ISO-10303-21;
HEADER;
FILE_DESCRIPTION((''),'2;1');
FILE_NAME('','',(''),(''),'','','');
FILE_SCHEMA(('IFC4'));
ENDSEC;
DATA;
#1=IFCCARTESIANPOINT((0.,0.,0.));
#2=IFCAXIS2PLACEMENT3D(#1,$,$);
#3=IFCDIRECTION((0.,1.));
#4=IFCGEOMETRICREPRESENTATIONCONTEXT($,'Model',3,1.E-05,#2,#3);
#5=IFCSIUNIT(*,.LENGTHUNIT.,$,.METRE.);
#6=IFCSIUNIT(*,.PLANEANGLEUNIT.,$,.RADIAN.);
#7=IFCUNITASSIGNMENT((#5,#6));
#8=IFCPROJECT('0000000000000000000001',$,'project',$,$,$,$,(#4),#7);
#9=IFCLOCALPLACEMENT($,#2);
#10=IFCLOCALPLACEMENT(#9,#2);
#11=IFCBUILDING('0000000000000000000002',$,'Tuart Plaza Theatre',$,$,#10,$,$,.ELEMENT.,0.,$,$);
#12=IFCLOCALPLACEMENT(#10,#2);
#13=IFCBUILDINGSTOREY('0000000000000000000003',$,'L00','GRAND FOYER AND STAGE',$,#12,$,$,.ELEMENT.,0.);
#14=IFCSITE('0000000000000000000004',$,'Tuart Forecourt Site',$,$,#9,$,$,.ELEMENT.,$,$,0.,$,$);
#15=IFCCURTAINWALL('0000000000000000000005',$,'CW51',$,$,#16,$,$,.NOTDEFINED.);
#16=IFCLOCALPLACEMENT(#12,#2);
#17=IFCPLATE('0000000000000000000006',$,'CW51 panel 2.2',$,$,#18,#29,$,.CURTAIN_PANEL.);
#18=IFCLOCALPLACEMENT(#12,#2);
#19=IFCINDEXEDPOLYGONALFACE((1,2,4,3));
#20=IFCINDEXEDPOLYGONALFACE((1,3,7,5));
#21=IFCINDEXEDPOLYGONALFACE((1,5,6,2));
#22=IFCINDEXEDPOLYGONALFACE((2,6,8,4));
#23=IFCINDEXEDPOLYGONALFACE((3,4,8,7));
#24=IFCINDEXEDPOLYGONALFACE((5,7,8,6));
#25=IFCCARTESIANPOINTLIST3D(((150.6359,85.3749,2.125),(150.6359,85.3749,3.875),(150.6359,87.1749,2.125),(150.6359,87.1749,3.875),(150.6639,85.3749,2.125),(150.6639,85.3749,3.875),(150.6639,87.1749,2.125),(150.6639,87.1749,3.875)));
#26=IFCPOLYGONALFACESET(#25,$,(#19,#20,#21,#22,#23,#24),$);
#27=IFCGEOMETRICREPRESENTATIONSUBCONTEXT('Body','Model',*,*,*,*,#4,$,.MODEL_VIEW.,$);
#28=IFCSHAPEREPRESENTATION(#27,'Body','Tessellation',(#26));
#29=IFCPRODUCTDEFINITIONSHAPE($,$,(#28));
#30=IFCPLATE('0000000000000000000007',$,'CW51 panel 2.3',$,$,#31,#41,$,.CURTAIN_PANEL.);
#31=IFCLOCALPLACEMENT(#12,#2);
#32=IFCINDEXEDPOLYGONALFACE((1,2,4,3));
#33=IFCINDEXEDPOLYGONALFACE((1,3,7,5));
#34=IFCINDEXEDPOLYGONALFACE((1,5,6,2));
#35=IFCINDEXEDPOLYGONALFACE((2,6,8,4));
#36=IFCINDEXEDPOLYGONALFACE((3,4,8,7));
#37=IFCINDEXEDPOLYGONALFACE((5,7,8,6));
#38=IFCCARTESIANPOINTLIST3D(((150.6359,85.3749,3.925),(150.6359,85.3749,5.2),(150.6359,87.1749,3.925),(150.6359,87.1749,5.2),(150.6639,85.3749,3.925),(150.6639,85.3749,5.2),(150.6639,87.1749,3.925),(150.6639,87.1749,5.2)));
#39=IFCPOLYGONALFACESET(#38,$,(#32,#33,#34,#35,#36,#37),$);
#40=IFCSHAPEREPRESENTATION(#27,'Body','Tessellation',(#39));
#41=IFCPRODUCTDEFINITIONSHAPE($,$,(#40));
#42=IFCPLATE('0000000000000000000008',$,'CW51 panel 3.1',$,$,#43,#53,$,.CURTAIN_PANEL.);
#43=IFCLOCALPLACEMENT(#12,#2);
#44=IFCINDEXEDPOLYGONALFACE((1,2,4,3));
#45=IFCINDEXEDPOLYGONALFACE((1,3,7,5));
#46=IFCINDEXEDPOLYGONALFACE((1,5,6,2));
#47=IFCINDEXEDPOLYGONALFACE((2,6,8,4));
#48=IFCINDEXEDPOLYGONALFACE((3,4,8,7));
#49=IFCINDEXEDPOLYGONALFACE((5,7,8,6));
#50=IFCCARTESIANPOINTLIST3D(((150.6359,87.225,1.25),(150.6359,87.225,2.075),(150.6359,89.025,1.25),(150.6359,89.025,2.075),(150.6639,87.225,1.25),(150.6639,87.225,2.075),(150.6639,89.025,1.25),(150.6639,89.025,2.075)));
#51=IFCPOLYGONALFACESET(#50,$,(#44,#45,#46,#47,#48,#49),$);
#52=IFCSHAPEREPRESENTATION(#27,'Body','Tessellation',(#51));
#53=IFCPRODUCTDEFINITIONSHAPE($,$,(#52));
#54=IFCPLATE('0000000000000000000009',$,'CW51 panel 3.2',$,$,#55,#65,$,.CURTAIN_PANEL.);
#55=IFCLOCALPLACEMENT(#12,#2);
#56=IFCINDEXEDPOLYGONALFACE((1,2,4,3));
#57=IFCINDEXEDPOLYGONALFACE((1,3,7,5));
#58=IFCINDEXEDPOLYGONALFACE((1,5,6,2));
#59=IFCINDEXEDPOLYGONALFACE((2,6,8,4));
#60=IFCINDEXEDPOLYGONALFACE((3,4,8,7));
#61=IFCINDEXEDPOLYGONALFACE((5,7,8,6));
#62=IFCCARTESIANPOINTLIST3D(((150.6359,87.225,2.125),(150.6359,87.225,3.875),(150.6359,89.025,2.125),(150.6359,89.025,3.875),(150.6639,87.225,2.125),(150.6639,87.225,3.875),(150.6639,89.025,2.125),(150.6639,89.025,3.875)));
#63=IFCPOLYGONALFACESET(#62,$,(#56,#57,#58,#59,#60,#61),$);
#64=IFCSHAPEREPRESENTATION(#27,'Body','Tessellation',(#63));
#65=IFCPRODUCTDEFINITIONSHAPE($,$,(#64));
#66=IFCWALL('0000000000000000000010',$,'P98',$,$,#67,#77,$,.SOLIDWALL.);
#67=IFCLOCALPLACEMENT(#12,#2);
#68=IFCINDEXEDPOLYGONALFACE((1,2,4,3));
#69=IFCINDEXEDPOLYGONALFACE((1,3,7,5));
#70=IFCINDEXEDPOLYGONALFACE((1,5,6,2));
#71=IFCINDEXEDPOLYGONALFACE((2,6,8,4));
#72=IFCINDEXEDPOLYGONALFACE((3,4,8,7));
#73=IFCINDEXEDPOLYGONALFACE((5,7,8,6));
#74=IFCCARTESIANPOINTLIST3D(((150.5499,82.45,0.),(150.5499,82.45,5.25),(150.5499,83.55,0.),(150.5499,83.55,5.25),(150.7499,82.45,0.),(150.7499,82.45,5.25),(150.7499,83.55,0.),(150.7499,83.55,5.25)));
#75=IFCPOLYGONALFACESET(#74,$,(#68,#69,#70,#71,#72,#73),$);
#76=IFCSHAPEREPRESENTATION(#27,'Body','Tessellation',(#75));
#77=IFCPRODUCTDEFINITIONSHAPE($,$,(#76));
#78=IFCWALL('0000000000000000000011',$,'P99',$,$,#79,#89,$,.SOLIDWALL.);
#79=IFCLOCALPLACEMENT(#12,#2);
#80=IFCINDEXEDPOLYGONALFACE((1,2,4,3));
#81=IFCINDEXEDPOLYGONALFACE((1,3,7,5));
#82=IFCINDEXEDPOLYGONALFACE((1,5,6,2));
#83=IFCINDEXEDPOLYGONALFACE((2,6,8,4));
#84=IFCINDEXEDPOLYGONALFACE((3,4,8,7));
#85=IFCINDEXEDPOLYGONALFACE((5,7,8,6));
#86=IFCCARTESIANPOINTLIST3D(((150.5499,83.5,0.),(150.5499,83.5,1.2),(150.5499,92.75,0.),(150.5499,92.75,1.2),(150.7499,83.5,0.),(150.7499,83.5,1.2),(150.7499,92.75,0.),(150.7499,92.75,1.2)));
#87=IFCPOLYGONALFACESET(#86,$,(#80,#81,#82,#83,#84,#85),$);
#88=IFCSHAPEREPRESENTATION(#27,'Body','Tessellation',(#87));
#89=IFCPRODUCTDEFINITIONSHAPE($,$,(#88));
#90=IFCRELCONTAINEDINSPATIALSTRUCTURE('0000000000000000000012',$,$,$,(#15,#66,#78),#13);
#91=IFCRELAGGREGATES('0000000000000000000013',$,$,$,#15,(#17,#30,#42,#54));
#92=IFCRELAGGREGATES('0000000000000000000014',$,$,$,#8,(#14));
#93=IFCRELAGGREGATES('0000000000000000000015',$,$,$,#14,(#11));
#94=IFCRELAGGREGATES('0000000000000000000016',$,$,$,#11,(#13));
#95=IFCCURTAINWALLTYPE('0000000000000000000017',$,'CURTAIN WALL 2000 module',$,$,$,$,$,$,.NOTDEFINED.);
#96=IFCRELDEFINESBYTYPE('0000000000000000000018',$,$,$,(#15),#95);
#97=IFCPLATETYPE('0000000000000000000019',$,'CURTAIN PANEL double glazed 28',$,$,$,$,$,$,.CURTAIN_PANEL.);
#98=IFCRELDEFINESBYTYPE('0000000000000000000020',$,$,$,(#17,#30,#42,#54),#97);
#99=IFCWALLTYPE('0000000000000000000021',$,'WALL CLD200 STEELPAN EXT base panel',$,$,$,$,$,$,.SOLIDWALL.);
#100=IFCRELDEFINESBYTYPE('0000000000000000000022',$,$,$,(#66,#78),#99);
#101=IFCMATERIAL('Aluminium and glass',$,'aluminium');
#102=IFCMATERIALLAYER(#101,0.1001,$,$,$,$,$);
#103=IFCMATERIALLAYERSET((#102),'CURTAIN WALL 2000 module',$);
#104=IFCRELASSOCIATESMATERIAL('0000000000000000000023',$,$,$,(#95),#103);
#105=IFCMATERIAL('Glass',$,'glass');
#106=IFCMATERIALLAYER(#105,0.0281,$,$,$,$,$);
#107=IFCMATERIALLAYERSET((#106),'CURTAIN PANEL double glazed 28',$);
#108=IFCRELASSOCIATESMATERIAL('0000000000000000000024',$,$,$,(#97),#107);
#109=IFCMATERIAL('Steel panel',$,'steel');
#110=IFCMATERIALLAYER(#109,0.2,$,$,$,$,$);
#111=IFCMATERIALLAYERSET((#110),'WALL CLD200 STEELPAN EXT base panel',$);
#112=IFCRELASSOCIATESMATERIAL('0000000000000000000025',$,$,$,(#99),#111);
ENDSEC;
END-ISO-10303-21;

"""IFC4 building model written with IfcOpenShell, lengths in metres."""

from ifc_helpers import new_model, si_unit, direction, frame, frame_2d, origin, origin_2d, place, context, subcontext, project, spatial, rectangle, extrude, material, layer, layer_set, type_object, element, aggregate, save


model = new_model("IFC4")

# Units and contexts
model_context = context("Model", 3, precision=1e-05, world=origin(), true_north=direction((0.0, 1.0)))
body_context = subcontext(model_context, "Body", "Model", "MODEL_VIEW")
ifc_project = project(units=[si_unit("LENGTHUNIT", "METRE"), si_unit("PLANEANGLEUNIT", "RADIAN")], contexts=[model_context])

# Site, building, storey
site_placement = place(None, origin())
site = spatial("IfcSite", under=ifc_project, at=site_placement, Name="Tuart Forecourt Site", CompositionType="ELEMENT", RefElevation=0.0)
building_placement = place(site_placement, origin())
building = spatial("IfcBuilding", under=site, at=building_placement, Name="Tuart Plaza Theatre", CompositionType="ELEMENT", ElevationOfRefHeight=0.0)
storey_placement = place(building_placement, origin())
storey = spatial("IfcBuildingStorey", under=building, at=storey_placement, Name="L00", Description="GRAND FOYER AND STAGE", CompositionType="ELEMENT", Elevation=0.0)

# Curtain wall, plates
ifc_material_1 = material(Name="Aluminium and glass", Category="aluminium")
ifc_layer_1 = layer(ifc_material_1, 0.1001)
ifc_layer_set_1 = layer_set([ifc_layer_1], Name="CURTAIN WALL 2000 module")
curtain_wall_type = type_object("IfcCurtainWallType", Name="CURTAIN WALL 2000 module", PredefinedType="NOTDEFINED", material=ifc_layer_set_1)
curtain_wall_placement = place(storey_placement, origin())
curtain_wall = element("IfcCurtainWall", 1, at=curtain_wall_placement, inside=storey, type_object=curtain_wall_type, Name="CW51", PredefinedType="NOTDEFINED")
ifc_material_2 = material(Name="Glass", Category="glass")
ifc_layer_2 = layer(ifc_material_2, 0.0281)
ifc_layer_set_2 = layer_set([ifc_layer_2], Name="CURTAIN PANEL double glazed 28")
plate_type = type_object("IfcPlateType", Name="CURTAIN PANEL double glazed 28", PredefinedType="CURTAIN_PANEL", material=ifc_layer_set_2)
plate_1_placement = place(storey_placement, frame((150.6499, 86.2749, 2.125), z_axis=(0.0, 0.0, 1.0), x_axis=(0.0, 1.0, 0.0)))
plate_1 = element("IfcPlate", 2, at=plate_1_placement, type_object=plate_type, Name="CW51 panel 2.2", PredefinedType="CURTAIN_PANEL", context=body_context, shape_type="SweptSolid", body=[
    extrude(rectangle(XDim=1.8, YDim=0.0281, at=origin_2d()), origin(), (0.0, 0.0, 1.0), 1.75),
])
plate_2_placement = place(storey_placement, frame((150.6499, 86.2749, 3.925), z_axis=(0.0, 0.0, 1.0), x_axis=(0.0, 1.0, 0.0)))
plate_2 = element("IfcPlate", 3, at=plate_2_placement, type_object=plate_type, Name="CW51 panel 2.3", PredefinedType="CURTAIN_PANEL", context=body_context, shape_type="SweptSolid", body=[
    extrude(rectangle(XDim=1.8, YDim=0.0281, at=origin_2d()), origin(), (0.0, 0.0, 1.0), 1.2749),
])
plate_3_placement = place(storey_placement, frame((150.6499, 88.125, 1.25), z_axis=(0.0, 0.0, 1.0), x_axis=(0.0, 1.0, 0.0)))
plate_3 = element("IfcPlate", 4, at=plate_3_placement, type_object=plate_type, Name="CW51 panel 3.1", PredefinedType="CURTAIN_PANEL", context=body_context, shape_type="SweptSolid", body=[
    extrude(rectangle(XDim=1.8, YDim=0.0281, at=origin_2d()), origin(), (0.0, 0.0, 1.0), 0.825),
])
plate_4_placement = place(storey_placement, frame((150.6499, 88.125, 2.125), z_axis=(0.0, 0.0, 1.0), x_axis=(0.0, 1.0, 0.0)))
plate_4 = element("IfcPlate", 5, at=plate_4_placement, type_object=plate_type, Name="CW51 panel 3.2", PredefinedType="CURTAIN_PANEL", context=body_context, shape_type="SweptSolid", body=[
    extrude(rectangle(XDim=1.8, YDim=0.0281, at=origin_2d()), origin(), (0.0, 0.0, 1.0), 1.75),
])
aggregate(curtain_wall, [plate_1, plate_2, plate_3, plate_4])

# Walls
ifc_material_3 = material(Name="Steel panel", Category="steel")
ifc_layer_3 = layer(ifc_material_3, 0.2)
ifc_layer_set_3 = layer_set([ifc_layer_3], Name="WALL CLD200 STEELPAN EXT base panel")
wall_type = type_object("IfcWallType", Name="WALL CLD200 STEELPAN EXT base panel", PredefinedType="SOLIDWALL", material=ifc_layer_set_3)
wall_1_placement = place(storey_placement, frame((150.6499, 82.45, 0.0), z_axis=(0.0, 0.0, 1.0), x_axis=(0.0, 1.0, 0.0)))
element("IfcWall", 6, at=wall_1_placement, inside=storey, type_object=wall_type, Name="P98", PredefinedType="SOLIDWALL", context=body_context, shape_type="SweptSolid", body=[
    extrude(rectangle(XDim=1.1001, YDim=0.2, at=frame_2d((0.55, 0.0))), origin(), (0.0, 0.0, 1.0), 5.25),
])
wall_2_placement = place(storey_placement, frame((150.6499, 83.5, 0.0), z_axis=(0.0, 0.0, 1.0), x_axis=(0.0, 1.0, 0.0)))
element("IfcWall", 7, at=wall_2_placement, inside=storey, type_object=wall_type, Name="P99", PredefinedType="SOLIDWALL", context=body_context, shape_type="SweptSolid", body=[
    extrude(rectangle(XDim=9.25, YDim=0.2, at=frame_2d((4.625, 0.0))), origin(), (0.0, 0.0, 1.0), 1.2),
])

save(model, "model.ifc")
